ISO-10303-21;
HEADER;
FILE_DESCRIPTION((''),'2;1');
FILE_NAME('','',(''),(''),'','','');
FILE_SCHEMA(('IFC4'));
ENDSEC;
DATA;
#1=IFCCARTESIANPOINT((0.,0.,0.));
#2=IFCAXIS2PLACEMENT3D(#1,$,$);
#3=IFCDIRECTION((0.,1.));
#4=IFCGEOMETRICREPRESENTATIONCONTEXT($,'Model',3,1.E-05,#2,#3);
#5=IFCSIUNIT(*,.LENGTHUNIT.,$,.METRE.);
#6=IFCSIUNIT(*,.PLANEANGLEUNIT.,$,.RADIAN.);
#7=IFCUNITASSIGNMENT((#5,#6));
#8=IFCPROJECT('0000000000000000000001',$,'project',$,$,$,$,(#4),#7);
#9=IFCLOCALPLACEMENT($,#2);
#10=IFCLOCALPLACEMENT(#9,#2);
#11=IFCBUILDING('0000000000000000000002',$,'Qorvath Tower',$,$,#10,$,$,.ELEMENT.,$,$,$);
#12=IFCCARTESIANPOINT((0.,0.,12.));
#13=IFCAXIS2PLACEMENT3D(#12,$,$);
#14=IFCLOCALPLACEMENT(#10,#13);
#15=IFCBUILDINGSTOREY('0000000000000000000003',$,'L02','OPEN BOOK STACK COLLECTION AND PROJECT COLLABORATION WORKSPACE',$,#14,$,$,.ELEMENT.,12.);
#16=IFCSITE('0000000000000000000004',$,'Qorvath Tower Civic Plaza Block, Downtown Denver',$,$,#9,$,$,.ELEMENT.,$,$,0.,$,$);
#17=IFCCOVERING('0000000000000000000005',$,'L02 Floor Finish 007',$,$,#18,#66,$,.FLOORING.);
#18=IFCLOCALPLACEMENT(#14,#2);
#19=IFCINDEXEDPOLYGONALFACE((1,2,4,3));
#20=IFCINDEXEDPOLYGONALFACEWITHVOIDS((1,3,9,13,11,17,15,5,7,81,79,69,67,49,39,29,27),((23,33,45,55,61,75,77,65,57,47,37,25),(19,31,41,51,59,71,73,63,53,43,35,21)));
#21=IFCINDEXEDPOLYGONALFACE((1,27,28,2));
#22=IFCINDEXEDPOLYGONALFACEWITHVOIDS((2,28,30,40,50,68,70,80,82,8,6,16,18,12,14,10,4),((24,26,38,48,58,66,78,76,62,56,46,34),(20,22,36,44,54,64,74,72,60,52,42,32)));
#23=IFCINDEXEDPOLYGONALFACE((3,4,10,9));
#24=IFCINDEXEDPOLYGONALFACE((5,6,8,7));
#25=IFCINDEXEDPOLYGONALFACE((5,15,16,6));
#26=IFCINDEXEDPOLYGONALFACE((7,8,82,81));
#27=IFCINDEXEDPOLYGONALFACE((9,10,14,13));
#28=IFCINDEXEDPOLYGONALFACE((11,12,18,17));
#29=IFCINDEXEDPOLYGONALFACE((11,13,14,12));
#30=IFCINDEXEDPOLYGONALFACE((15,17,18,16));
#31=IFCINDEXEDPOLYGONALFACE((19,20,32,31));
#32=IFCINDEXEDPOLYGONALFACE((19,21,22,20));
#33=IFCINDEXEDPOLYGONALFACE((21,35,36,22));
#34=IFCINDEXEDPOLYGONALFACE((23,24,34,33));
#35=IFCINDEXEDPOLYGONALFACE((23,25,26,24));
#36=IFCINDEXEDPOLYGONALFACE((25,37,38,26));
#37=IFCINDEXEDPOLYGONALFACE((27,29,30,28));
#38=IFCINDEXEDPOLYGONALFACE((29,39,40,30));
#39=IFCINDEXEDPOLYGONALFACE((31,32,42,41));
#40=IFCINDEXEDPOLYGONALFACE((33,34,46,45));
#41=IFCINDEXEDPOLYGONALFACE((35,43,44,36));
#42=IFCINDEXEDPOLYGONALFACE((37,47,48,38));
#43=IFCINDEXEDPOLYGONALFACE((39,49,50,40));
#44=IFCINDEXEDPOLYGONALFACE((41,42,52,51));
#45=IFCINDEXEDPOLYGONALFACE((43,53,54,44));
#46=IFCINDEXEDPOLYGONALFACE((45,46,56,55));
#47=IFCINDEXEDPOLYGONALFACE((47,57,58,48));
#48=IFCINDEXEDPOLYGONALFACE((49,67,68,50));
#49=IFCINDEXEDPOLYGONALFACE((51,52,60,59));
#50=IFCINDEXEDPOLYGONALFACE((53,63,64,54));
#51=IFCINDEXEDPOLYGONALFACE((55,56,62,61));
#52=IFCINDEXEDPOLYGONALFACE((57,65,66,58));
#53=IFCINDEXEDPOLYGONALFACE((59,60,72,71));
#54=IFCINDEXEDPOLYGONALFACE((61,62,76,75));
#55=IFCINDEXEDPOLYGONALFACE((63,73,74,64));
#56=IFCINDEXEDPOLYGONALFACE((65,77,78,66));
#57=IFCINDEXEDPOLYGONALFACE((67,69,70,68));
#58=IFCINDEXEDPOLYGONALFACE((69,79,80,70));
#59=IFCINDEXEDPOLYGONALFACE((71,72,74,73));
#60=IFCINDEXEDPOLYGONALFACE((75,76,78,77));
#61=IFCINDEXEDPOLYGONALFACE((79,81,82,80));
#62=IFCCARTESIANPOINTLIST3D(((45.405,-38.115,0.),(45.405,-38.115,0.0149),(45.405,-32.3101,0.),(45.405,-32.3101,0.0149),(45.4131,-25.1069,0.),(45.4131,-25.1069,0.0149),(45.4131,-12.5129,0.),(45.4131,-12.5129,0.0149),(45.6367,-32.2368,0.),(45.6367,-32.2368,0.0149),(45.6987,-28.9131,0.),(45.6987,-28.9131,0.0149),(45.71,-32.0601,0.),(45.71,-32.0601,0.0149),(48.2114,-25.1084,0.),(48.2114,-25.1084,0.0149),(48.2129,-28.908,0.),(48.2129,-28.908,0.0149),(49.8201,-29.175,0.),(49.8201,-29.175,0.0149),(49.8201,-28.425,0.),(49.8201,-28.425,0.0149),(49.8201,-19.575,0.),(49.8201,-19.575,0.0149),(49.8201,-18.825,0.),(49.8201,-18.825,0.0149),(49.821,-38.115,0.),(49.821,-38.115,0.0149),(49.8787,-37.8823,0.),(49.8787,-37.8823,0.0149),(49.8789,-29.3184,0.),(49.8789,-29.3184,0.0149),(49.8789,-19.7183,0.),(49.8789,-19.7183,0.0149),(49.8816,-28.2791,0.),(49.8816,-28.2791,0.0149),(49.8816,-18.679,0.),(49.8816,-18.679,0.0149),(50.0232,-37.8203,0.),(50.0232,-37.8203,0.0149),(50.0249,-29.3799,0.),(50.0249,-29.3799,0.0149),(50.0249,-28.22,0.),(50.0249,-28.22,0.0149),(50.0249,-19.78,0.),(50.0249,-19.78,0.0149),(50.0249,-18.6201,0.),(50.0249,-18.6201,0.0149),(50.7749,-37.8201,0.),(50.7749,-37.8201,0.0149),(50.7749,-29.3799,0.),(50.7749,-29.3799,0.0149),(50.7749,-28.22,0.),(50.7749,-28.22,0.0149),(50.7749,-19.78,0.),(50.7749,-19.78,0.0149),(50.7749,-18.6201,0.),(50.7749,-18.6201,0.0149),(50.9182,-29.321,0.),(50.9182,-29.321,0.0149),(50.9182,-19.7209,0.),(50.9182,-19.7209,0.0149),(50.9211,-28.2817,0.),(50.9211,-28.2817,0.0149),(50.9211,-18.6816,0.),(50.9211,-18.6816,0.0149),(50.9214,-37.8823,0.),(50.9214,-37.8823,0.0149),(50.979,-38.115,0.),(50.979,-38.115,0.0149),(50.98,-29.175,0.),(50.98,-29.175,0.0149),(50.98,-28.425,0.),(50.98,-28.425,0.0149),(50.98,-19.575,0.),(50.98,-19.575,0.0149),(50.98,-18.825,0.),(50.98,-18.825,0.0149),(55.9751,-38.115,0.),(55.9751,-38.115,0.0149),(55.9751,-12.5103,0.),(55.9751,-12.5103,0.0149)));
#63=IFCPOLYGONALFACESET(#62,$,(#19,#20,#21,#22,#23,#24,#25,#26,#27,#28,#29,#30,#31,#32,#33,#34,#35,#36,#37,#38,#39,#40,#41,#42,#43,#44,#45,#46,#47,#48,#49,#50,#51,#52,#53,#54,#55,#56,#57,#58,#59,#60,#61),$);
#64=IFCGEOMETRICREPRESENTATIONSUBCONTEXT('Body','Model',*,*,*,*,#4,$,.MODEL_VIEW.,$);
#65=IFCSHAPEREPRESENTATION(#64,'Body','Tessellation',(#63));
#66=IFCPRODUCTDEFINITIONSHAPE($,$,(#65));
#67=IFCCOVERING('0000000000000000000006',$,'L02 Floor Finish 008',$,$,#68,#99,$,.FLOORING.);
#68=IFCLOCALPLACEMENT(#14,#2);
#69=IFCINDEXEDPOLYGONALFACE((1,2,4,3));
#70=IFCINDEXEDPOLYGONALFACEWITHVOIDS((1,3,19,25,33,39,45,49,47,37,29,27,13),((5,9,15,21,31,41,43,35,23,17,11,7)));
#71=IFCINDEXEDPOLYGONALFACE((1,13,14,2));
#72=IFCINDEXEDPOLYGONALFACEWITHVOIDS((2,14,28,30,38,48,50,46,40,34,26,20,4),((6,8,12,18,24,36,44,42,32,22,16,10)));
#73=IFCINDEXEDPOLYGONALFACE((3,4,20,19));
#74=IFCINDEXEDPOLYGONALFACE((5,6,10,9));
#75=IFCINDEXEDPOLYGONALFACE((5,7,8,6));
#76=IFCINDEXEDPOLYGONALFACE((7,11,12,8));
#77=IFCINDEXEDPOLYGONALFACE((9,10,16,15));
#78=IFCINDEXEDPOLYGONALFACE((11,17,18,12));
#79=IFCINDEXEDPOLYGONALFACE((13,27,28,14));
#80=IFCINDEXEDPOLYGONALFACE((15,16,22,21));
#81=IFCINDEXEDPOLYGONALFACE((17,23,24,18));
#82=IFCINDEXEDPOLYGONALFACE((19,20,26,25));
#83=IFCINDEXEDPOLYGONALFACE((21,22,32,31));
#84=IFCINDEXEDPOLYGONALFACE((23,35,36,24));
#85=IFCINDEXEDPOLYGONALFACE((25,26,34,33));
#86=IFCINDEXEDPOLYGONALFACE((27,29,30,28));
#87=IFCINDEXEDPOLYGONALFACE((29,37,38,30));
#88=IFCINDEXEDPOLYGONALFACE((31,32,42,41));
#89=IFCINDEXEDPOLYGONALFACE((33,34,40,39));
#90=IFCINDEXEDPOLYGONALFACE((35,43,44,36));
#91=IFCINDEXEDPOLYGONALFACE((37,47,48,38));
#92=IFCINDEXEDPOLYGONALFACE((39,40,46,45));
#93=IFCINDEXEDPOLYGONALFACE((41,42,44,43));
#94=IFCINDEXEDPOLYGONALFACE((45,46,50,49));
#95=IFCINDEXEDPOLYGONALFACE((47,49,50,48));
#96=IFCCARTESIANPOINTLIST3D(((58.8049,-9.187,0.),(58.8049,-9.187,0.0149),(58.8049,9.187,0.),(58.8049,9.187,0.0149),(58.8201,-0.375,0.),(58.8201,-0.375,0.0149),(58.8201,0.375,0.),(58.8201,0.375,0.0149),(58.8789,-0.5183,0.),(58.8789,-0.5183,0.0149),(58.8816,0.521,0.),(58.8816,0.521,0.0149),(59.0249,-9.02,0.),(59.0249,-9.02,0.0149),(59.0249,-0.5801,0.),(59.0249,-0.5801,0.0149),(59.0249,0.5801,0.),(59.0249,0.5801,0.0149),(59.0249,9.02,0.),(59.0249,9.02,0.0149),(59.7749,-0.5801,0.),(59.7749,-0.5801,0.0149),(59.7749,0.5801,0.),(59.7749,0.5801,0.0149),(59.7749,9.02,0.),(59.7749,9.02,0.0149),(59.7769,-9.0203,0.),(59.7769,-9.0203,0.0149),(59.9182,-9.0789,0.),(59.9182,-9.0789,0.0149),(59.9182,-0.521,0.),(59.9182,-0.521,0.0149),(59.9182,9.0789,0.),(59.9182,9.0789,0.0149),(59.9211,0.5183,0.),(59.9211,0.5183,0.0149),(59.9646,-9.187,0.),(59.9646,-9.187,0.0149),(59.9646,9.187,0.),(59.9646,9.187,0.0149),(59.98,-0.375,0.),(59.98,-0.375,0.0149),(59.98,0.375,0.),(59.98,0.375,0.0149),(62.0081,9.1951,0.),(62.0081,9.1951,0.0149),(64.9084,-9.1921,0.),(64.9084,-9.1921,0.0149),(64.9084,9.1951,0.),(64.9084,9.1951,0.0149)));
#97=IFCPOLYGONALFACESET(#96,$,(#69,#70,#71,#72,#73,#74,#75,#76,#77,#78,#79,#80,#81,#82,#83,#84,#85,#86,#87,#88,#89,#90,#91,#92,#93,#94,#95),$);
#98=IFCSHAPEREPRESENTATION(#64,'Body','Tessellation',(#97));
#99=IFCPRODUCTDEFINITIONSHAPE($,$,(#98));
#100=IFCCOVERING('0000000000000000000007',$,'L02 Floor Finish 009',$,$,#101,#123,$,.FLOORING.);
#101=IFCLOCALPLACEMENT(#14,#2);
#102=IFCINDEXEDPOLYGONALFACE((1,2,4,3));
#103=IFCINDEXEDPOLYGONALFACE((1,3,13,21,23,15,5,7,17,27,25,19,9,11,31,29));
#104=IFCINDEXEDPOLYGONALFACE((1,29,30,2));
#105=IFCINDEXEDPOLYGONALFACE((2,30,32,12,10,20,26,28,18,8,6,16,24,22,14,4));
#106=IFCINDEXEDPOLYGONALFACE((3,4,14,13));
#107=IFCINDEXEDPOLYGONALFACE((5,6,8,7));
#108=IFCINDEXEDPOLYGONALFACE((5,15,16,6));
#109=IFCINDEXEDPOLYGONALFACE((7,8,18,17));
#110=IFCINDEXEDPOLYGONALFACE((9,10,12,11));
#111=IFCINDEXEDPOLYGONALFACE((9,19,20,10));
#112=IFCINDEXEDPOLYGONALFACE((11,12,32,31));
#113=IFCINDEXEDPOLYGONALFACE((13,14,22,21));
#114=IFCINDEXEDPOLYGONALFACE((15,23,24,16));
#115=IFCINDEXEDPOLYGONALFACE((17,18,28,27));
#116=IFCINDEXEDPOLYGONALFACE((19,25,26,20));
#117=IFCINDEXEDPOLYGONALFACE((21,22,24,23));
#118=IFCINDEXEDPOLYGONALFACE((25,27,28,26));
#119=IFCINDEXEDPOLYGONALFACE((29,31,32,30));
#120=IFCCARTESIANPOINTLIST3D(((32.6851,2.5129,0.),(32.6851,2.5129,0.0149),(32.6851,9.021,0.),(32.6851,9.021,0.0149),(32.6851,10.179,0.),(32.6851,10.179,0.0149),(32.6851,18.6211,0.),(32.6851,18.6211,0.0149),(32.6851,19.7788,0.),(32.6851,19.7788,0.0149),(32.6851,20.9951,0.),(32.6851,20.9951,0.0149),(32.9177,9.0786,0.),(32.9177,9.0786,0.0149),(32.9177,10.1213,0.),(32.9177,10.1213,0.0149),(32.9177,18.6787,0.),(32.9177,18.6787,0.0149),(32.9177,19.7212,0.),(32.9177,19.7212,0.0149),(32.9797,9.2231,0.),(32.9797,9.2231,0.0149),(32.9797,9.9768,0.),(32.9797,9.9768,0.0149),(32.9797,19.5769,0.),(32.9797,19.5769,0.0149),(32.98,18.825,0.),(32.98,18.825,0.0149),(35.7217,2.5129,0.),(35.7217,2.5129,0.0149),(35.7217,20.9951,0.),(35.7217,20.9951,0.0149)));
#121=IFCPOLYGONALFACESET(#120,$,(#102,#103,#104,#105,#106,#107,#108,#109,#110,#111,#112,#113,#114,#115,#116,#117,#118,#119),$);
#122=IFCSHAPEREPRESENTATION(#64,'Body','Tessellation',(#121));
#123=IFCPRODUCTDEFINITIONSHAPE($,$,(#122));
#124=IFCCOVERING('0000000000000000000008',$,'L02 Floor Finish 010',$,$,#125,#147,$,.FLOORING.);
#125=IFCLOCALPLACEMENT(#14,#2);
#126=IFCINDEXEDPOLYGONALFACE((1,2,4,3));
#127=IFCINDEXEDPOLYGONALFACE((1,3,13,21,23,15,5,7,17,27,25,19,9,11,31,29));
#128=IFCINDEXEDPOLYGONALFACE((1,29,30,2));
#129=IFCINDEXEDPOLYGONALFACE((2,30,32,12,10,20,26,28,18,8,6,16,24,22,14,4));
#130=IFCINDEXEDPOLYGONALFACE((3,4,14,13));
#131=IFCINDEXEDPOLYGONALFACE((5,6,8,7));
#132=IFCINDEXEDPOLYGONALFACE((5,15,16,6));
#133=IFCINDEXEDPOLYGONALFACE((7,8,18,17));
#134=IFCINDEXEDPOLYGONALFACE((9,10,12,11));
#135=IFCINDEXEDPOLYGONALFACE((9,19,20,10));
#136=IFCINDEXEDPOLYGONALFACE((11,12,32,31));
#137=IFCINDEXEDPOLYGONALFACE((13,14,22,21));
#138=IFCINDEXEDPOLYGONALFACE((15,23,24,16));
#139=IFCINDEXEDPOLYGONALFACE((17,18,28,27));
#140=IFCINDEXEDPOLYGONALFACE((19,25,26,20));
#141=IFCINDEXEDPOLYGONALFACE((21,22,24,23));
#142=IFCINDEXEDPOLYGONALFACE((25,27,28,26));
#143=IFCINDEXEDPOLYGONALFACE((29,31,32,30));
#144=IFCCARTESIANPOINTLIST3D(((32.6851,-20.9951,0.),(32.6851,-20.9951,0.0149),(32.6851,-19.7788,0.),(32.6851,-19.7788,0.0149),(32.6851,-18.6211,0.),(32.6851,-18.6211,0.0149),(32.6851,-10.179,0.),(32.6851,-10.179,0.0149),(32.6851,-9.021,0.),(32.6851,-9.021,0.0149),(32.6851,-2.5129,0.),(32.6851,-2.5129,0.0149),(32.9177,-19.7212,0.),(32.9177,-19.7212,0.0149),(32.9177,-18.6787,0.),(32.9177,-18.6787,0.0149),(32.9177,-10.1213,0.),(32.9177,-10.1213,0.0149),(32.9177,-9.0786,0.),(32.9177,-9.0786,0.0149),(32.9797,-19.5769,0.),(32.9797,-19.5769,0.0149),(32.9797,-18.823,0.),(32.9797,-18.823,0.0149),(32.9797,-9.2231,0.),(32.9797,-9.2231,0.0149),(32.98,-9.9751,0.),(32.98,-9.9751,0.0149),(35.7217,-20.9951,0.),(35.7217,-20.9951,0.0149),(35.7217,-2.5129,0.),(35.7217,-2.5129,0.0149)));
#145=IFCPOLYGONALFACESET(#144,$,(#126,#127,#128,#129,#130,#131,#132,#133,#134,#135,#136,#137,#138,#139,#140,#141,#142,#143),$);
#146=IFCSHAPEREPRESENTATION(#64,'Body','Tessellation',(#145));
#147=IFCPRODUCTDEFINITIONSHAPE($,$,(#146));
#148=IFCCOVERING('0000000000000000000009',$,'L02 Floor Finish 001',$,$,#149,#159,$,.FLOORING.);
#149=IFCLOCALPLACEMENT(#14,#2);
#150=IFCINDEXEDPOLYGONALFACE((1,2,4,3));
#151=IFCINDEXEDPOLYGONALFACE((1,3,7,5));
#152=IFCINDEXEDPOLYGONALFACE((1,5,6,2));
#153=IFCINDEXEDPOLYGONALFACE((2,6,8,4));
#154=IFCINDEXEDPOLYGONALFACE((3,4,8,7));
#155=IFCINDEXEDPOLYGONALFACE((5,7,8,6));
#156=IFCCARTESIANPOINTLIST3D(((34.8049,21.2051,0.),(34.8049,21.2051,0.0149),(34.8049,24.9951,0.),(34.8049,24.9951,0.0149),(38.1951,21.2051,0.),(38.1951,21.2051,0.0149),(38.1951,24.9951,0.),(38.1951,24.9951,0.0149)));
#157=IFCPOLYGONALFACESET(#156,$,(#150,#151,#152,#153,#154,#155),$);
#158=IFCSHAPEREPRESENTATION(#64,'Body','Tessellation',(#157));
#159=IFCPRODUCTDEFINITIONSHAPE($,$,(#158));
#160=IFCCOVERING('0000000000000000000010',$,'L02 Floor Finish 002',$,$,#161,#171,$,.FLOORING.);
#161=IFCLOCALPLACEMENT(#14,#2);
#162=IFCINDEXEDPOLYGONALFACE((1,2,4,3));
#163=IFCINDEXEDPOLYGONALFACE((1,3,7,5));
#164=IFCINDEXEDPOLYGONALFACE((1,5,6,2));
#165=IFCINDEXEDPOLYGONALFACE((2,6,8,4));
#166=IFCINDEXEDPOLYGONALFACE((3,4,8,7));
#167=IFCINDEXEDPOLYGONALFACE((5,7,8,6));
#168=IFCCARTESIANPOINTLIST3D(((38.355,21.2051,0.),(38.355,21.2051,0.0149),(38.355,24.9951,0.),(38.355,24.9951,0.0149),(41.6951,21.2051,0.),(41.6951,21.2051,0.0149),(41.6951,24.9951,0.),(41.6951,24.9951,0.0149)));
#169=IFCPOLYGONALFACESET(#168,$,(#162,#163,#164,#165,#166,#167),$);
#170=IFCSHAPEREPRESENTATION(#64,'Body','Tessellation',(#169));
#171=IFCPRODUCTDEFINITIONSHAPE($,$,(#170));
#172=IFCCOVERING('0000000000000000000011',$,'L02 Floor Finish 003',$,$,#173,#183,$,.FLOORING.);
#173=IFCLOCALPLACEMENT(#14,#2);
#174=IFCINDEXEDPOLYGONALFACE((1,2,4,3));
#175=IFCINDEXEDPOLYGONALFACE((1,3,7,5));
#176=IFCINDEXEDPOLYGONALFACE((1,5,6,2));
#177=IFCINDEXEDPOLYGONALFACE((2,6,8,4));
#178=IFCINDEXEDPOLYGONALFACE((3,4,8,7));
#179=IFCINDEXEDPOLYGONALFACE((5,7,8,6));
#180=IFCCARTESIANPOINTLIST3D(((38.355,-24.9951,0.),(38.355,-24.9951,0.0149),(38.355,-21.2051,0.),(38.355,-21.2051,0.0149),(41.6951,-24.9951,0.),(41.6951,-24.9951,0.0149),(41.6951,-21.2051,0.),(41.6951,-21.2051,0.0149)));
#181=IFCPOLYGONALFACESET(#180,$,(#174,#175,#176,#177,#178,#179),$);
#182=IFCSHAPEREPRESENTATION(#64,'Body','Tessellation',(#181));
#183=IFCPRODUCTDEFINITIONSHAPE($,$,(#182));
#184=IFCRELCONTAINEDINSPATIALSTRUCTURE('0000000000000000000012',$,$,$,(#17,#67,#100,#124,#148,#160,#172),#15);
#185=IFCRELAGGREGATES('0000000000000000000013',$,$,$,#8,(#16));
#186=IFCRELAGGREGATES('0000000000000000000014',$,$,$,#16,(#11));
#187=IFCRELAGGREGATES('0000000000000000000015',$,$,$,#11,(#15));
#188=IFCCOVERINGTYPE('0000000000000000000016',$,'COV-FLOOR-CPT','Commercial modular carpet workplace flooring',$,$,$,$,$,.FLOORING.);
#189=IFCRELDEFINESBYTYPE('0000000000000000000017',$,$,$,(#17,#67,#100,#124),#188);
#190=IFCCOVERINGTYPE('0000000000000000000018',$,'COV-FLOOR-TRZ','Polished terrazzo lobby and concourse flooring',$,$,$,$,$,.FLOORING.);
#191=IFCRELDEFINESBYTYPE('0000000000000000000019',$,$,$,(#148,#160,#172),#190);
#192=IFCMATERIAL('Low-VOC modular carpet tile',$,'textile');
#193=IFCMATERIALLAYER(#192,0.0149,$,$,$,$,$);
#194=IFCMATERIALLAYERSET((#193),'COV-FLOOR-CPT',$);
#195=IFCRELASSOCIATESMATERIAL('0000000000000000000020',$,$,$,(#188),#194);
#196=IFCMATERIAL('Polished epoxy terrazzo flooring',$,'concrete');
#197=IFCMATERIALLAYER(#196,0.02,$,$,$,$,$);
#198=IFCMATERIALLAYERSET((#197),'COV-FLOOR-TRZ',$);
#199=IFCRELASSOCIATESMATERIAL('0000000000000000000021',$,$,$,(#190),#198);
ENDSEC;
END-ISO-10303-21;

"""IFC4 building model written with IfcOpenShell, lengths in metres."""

from ifc_helpers import new_model, si_unit, direction, frame, origin, place, context, subcontext, project, spatial, polyline, outline, extrude, material, layer, layer_set, type_object, element, save


model = new_model("IFC4")

# Units and contexts
model_context = context("Model", 3, precision=1e-05, world=origin(), true_north=direction((0.0, 1.0)))
body_context = subcontext(model_context, "Body", "Model", "MODEL_VIEW")
ifc_project = project(units=[si_unit("LENGTHUNIT", "METRE"), si_unit("PLANEANGLEUNIT", "RADIAN")], contexts=[model_context])

# Site, building, storey
site_placement = place(None, origin())
site = spatial("IfcSite", under=ifc_project, at=site_placement, Name="Qorvath Tower Civic Plaza Block, Downtown Denver", CompositionType="ELEMENT", RefElevation=0.0)
building_placement = place(site_placement, origin())
building = spatial("IfcBuilding", under=site, at=building_placement, Name="Qorvath Tower", CompositionType="ELEMENT")
storey_placement = place(building_placement, frame((0.0, 0.0, 12.0)))
storey = spatial("IfcBuildingStorey", under=building, at=storey_placement, Name="L02", Description="OPEN BOOK STACK COLLECTION AND PROJECT COLLABORATION WORKSPACE", CompositionType="ELEMENT", Elevation=12.0)

# Coverings
ifc_material_1 = material(Name="Low-VOC modular carpet tile", Category="textile")
ifc_layer_1 = layer(ifc_material_1, 0.0149)
ifc_layer_set_1 = layer_set([ifc_layer_1], Name="COV-FLOOR-CPT")
covering_type_1 = type_object("IfcCoveringType", Name="COV-FLOOR-CPT", Description="Commercial modular carpet workplace flooring", PredefinedType="FLOORING", material=ifc_layer_set_1)
covering_1_placement = place(storey_placement, origin())
element("IfcCovering", 1, at=covering_1_placement, inside=storey, type_object=covering_type_1, Name="L02 Floor Finish 007", PredefinedType="FLOORING", context=body_context, shape_type="SweptSolid", body=[
    extrude(outline(polyline([(55.9751, -38.115), (55.9751, -12.5103), (45.4131, -12.5129), (45.4131, -25.1069), (48.2114, -25.1084), (48.2129, -28.908), (45.6987, -28.9131), (45.71, -32.0601), (45.6367, -32.2368), (45.405, -32.3101), (45.405, -38.115), (49.821, -38.115), (49.8787, -37.8823), (50.0232, -37.8203), (50.7749, -37.8201), (50.9214, -37.8823), (50.979, -38.115), (55.9751, -38.115)]), holes=[polyline([(50.9211, -28.2817), (50.98, -28.425), (50.98, -29.175), (50.9182, -29.321), (50.7749, -29.3799), (50.0249, -29.3799), (49.8789, -29.3184), (49.8201, -29.175), (49.8201, -28.425), (49.8816, -28.2791), (50.0249, -28.22), (50.7749, -28.22), (50.9211, -28.2817)]), polyline([(50.9211, -18.6816), (50.98, -18.825), (50.98, -19.575), (50.9182, -19.7209), (50.7749, -19.78), (50.0249, -19.78), (49.8789, -19.7183), (49.8201, -19.575), (49.8201, -18.825), (49.8816, -18.679), (50.0249, -18.6201), (50.7749, -18.6201), (50.9211, -18.6816)])]), origin(), (0.0, 0.0, 1.0), 0.0149),
])
covering_2_placement = place(storey_placement, origin())
element("IfcCovering", 2, at=covering_2_placement, inside=storey, type_object=covering_type_1, Name="L02 Floor Finish 008", PredefinedType="FLOORING", context=body_context, shape_type="SweptSolid", body=[
    extrude(outline(polyline([(59.7769, -9.0203), (59.9182, -9.0789), (59.9646, -9.187), (64.9084, -9.1921), (64.9084, 9.1951), (62.0081, 9.1951), (59.9646, 9.187), (59.9182, 9.0789), (59.7749, 9.02), (59.0249, 9.02), (58.8049, 9.187), (58.8049, -9.187), (59.0249, -9.02), (59.7769, -9.0203)]), holes=[polyline([(59.9211, 0.5183), (59.98, 0.375), (59.98, -0.375), (59.9182, -0.521), (59.7749, -0.5801), (59.0249, -0.5801), (58.8789, -0.5183), (58.8201, -0.375), (58.8201, 0.375), (58.8816, 0.521), (59.0249, 0.5801), (59.7749, 0.5801), (59.9211, 0.5183)])]), origin(), (0.0, 0.0, 1.0), 0.0149),
])
covering_3_placement = place(storey_placement, origin())
element("IfcCovering", 3, at=covering_3_placement, inside=storey, type_object=covering_type_1, Name="L02 Floor Finish 009", PredefinedType="FLOORING", context=body_context, shape_type="SweptSolid", body=[
    extrude(outline(polyline([(32.9797, 9.2231), (32.9177, 9.0786), (32.6851, 9.021), (32.6851, 2.5129), (35.7217, 2.5129), (35.7217, 20.9951), (32.6851, 20.9951), (32.6851, 19.7788), (32.9177, 19.7212), (32.9797, 19.5769), (32.98, 18.825), (32.9177, 18.6787), (32.6851, 18.6211), (32.6851, 10.179), (32.9177, 10.1213), (32.9797, 9.9768), (32.9797, 9.2231)])), origin(), (0.0, 0.0, 1.0), 0.0149),
])
covering_4_placement = place(storey_placement, origin())
element("IfcCovering", 4, at=covering_4_placement, inside=storey, type_object=covering_type_1, Name="L02 Floor Finish 010", PredefinedType="FLOORING", context=body_context, shape_type="SweptSolid", body=[
    extrude(outline(polyline([(32.9797, -19.5769), (32.9177, -19.7212), (32.6851, -19.7788), (32.6851, -20.9951), (35.7217, -20.9951), (35.7217, -2.5129), (32.6851, -2.5129), (32.6851, -9.021), (32.9177, -9.0786), (32.9797, -9.2231), (32.98, -9.9751), (32.9177, -10.1213), (32.6851, -10.179), (32.6851, -18.6211), (32.9177, -18.6787), (32.9797, -18.823), (32.9797, -19.5769)])), origin(), (0.0, 0.0, 1.0), 0.0149),
])
ifc_material_2 = material(Name="Polished epoxy terrazzo flooring", Category="concrete")
ifc_layer_2 = layer(ifc_material_2, 0.02)
ifc_layer_set_2 = layer_set([ifc_layer_2], Name="COV-FLOOR-TRZ")
covering_type_2 = type_object("IfcCoveringType", Name="COV-FLOOR-TRZ", Description="Polished terrazzo lobby and concourse flooring", PredefinedType="FLOORING", material=ifc_layer_set_2)
covering_5_placement = place(storey_placement, origin())
element("IfcCovering", 5, at=covering_5_placement, inside=storey, type_object=covering_type_2, Name="L02 Floor Finish 001", PredefinedType="FLOORING", context=body_context, shape_type="SweptSolid", body=[
    extrude(outline(polyline([(38.1951, 24.9951), (34.8049, 24.9951), (34.8049, 21.2051), (38.1951, 21.2051), (38.1951, 24.9951)])), origin(), (0.0, 0.0, 1.0), 0.0149),
])
covering_6_placement = place(storey_placement, origin())
element("IfcCovering", 6, at=covering_6_placement, inside=storey, type_object=covering_type_2, Name="L02 Floor Finish 002", PredefinedType="FLOORING", context=body_context, shape_type="SweptSolid", body=[
    extrude(outline(polyline([(41.6951, 24.9951), (38.355, 24.9951), (38.355, 21.2051), (41.6951, 21.2051), (41.6951, 24.9951)])), origin(), (0.0, 0.0, 1.0), 0.0149),
])
covering_7_placement = place(storey_placement, origin())
element("IfcCovering", 7, at=covering_7_placement, inside=storey, type_object=covering_type_2, Name="L02 Floor Finish 003", PredefinedType="FLOORING", context=body_context, shape_type="SweptSolid", body=[
    extrude(outline(polyline([(41.6951, -21.2051), (38.355, -21.2051), (38.355, -24.9951), (41.6951, -24.9951), (41.6951, -21.2051)])), origin(), (0.0, 0.0, 1.0), 0.0149),
])

save(model, "model.ifc")
